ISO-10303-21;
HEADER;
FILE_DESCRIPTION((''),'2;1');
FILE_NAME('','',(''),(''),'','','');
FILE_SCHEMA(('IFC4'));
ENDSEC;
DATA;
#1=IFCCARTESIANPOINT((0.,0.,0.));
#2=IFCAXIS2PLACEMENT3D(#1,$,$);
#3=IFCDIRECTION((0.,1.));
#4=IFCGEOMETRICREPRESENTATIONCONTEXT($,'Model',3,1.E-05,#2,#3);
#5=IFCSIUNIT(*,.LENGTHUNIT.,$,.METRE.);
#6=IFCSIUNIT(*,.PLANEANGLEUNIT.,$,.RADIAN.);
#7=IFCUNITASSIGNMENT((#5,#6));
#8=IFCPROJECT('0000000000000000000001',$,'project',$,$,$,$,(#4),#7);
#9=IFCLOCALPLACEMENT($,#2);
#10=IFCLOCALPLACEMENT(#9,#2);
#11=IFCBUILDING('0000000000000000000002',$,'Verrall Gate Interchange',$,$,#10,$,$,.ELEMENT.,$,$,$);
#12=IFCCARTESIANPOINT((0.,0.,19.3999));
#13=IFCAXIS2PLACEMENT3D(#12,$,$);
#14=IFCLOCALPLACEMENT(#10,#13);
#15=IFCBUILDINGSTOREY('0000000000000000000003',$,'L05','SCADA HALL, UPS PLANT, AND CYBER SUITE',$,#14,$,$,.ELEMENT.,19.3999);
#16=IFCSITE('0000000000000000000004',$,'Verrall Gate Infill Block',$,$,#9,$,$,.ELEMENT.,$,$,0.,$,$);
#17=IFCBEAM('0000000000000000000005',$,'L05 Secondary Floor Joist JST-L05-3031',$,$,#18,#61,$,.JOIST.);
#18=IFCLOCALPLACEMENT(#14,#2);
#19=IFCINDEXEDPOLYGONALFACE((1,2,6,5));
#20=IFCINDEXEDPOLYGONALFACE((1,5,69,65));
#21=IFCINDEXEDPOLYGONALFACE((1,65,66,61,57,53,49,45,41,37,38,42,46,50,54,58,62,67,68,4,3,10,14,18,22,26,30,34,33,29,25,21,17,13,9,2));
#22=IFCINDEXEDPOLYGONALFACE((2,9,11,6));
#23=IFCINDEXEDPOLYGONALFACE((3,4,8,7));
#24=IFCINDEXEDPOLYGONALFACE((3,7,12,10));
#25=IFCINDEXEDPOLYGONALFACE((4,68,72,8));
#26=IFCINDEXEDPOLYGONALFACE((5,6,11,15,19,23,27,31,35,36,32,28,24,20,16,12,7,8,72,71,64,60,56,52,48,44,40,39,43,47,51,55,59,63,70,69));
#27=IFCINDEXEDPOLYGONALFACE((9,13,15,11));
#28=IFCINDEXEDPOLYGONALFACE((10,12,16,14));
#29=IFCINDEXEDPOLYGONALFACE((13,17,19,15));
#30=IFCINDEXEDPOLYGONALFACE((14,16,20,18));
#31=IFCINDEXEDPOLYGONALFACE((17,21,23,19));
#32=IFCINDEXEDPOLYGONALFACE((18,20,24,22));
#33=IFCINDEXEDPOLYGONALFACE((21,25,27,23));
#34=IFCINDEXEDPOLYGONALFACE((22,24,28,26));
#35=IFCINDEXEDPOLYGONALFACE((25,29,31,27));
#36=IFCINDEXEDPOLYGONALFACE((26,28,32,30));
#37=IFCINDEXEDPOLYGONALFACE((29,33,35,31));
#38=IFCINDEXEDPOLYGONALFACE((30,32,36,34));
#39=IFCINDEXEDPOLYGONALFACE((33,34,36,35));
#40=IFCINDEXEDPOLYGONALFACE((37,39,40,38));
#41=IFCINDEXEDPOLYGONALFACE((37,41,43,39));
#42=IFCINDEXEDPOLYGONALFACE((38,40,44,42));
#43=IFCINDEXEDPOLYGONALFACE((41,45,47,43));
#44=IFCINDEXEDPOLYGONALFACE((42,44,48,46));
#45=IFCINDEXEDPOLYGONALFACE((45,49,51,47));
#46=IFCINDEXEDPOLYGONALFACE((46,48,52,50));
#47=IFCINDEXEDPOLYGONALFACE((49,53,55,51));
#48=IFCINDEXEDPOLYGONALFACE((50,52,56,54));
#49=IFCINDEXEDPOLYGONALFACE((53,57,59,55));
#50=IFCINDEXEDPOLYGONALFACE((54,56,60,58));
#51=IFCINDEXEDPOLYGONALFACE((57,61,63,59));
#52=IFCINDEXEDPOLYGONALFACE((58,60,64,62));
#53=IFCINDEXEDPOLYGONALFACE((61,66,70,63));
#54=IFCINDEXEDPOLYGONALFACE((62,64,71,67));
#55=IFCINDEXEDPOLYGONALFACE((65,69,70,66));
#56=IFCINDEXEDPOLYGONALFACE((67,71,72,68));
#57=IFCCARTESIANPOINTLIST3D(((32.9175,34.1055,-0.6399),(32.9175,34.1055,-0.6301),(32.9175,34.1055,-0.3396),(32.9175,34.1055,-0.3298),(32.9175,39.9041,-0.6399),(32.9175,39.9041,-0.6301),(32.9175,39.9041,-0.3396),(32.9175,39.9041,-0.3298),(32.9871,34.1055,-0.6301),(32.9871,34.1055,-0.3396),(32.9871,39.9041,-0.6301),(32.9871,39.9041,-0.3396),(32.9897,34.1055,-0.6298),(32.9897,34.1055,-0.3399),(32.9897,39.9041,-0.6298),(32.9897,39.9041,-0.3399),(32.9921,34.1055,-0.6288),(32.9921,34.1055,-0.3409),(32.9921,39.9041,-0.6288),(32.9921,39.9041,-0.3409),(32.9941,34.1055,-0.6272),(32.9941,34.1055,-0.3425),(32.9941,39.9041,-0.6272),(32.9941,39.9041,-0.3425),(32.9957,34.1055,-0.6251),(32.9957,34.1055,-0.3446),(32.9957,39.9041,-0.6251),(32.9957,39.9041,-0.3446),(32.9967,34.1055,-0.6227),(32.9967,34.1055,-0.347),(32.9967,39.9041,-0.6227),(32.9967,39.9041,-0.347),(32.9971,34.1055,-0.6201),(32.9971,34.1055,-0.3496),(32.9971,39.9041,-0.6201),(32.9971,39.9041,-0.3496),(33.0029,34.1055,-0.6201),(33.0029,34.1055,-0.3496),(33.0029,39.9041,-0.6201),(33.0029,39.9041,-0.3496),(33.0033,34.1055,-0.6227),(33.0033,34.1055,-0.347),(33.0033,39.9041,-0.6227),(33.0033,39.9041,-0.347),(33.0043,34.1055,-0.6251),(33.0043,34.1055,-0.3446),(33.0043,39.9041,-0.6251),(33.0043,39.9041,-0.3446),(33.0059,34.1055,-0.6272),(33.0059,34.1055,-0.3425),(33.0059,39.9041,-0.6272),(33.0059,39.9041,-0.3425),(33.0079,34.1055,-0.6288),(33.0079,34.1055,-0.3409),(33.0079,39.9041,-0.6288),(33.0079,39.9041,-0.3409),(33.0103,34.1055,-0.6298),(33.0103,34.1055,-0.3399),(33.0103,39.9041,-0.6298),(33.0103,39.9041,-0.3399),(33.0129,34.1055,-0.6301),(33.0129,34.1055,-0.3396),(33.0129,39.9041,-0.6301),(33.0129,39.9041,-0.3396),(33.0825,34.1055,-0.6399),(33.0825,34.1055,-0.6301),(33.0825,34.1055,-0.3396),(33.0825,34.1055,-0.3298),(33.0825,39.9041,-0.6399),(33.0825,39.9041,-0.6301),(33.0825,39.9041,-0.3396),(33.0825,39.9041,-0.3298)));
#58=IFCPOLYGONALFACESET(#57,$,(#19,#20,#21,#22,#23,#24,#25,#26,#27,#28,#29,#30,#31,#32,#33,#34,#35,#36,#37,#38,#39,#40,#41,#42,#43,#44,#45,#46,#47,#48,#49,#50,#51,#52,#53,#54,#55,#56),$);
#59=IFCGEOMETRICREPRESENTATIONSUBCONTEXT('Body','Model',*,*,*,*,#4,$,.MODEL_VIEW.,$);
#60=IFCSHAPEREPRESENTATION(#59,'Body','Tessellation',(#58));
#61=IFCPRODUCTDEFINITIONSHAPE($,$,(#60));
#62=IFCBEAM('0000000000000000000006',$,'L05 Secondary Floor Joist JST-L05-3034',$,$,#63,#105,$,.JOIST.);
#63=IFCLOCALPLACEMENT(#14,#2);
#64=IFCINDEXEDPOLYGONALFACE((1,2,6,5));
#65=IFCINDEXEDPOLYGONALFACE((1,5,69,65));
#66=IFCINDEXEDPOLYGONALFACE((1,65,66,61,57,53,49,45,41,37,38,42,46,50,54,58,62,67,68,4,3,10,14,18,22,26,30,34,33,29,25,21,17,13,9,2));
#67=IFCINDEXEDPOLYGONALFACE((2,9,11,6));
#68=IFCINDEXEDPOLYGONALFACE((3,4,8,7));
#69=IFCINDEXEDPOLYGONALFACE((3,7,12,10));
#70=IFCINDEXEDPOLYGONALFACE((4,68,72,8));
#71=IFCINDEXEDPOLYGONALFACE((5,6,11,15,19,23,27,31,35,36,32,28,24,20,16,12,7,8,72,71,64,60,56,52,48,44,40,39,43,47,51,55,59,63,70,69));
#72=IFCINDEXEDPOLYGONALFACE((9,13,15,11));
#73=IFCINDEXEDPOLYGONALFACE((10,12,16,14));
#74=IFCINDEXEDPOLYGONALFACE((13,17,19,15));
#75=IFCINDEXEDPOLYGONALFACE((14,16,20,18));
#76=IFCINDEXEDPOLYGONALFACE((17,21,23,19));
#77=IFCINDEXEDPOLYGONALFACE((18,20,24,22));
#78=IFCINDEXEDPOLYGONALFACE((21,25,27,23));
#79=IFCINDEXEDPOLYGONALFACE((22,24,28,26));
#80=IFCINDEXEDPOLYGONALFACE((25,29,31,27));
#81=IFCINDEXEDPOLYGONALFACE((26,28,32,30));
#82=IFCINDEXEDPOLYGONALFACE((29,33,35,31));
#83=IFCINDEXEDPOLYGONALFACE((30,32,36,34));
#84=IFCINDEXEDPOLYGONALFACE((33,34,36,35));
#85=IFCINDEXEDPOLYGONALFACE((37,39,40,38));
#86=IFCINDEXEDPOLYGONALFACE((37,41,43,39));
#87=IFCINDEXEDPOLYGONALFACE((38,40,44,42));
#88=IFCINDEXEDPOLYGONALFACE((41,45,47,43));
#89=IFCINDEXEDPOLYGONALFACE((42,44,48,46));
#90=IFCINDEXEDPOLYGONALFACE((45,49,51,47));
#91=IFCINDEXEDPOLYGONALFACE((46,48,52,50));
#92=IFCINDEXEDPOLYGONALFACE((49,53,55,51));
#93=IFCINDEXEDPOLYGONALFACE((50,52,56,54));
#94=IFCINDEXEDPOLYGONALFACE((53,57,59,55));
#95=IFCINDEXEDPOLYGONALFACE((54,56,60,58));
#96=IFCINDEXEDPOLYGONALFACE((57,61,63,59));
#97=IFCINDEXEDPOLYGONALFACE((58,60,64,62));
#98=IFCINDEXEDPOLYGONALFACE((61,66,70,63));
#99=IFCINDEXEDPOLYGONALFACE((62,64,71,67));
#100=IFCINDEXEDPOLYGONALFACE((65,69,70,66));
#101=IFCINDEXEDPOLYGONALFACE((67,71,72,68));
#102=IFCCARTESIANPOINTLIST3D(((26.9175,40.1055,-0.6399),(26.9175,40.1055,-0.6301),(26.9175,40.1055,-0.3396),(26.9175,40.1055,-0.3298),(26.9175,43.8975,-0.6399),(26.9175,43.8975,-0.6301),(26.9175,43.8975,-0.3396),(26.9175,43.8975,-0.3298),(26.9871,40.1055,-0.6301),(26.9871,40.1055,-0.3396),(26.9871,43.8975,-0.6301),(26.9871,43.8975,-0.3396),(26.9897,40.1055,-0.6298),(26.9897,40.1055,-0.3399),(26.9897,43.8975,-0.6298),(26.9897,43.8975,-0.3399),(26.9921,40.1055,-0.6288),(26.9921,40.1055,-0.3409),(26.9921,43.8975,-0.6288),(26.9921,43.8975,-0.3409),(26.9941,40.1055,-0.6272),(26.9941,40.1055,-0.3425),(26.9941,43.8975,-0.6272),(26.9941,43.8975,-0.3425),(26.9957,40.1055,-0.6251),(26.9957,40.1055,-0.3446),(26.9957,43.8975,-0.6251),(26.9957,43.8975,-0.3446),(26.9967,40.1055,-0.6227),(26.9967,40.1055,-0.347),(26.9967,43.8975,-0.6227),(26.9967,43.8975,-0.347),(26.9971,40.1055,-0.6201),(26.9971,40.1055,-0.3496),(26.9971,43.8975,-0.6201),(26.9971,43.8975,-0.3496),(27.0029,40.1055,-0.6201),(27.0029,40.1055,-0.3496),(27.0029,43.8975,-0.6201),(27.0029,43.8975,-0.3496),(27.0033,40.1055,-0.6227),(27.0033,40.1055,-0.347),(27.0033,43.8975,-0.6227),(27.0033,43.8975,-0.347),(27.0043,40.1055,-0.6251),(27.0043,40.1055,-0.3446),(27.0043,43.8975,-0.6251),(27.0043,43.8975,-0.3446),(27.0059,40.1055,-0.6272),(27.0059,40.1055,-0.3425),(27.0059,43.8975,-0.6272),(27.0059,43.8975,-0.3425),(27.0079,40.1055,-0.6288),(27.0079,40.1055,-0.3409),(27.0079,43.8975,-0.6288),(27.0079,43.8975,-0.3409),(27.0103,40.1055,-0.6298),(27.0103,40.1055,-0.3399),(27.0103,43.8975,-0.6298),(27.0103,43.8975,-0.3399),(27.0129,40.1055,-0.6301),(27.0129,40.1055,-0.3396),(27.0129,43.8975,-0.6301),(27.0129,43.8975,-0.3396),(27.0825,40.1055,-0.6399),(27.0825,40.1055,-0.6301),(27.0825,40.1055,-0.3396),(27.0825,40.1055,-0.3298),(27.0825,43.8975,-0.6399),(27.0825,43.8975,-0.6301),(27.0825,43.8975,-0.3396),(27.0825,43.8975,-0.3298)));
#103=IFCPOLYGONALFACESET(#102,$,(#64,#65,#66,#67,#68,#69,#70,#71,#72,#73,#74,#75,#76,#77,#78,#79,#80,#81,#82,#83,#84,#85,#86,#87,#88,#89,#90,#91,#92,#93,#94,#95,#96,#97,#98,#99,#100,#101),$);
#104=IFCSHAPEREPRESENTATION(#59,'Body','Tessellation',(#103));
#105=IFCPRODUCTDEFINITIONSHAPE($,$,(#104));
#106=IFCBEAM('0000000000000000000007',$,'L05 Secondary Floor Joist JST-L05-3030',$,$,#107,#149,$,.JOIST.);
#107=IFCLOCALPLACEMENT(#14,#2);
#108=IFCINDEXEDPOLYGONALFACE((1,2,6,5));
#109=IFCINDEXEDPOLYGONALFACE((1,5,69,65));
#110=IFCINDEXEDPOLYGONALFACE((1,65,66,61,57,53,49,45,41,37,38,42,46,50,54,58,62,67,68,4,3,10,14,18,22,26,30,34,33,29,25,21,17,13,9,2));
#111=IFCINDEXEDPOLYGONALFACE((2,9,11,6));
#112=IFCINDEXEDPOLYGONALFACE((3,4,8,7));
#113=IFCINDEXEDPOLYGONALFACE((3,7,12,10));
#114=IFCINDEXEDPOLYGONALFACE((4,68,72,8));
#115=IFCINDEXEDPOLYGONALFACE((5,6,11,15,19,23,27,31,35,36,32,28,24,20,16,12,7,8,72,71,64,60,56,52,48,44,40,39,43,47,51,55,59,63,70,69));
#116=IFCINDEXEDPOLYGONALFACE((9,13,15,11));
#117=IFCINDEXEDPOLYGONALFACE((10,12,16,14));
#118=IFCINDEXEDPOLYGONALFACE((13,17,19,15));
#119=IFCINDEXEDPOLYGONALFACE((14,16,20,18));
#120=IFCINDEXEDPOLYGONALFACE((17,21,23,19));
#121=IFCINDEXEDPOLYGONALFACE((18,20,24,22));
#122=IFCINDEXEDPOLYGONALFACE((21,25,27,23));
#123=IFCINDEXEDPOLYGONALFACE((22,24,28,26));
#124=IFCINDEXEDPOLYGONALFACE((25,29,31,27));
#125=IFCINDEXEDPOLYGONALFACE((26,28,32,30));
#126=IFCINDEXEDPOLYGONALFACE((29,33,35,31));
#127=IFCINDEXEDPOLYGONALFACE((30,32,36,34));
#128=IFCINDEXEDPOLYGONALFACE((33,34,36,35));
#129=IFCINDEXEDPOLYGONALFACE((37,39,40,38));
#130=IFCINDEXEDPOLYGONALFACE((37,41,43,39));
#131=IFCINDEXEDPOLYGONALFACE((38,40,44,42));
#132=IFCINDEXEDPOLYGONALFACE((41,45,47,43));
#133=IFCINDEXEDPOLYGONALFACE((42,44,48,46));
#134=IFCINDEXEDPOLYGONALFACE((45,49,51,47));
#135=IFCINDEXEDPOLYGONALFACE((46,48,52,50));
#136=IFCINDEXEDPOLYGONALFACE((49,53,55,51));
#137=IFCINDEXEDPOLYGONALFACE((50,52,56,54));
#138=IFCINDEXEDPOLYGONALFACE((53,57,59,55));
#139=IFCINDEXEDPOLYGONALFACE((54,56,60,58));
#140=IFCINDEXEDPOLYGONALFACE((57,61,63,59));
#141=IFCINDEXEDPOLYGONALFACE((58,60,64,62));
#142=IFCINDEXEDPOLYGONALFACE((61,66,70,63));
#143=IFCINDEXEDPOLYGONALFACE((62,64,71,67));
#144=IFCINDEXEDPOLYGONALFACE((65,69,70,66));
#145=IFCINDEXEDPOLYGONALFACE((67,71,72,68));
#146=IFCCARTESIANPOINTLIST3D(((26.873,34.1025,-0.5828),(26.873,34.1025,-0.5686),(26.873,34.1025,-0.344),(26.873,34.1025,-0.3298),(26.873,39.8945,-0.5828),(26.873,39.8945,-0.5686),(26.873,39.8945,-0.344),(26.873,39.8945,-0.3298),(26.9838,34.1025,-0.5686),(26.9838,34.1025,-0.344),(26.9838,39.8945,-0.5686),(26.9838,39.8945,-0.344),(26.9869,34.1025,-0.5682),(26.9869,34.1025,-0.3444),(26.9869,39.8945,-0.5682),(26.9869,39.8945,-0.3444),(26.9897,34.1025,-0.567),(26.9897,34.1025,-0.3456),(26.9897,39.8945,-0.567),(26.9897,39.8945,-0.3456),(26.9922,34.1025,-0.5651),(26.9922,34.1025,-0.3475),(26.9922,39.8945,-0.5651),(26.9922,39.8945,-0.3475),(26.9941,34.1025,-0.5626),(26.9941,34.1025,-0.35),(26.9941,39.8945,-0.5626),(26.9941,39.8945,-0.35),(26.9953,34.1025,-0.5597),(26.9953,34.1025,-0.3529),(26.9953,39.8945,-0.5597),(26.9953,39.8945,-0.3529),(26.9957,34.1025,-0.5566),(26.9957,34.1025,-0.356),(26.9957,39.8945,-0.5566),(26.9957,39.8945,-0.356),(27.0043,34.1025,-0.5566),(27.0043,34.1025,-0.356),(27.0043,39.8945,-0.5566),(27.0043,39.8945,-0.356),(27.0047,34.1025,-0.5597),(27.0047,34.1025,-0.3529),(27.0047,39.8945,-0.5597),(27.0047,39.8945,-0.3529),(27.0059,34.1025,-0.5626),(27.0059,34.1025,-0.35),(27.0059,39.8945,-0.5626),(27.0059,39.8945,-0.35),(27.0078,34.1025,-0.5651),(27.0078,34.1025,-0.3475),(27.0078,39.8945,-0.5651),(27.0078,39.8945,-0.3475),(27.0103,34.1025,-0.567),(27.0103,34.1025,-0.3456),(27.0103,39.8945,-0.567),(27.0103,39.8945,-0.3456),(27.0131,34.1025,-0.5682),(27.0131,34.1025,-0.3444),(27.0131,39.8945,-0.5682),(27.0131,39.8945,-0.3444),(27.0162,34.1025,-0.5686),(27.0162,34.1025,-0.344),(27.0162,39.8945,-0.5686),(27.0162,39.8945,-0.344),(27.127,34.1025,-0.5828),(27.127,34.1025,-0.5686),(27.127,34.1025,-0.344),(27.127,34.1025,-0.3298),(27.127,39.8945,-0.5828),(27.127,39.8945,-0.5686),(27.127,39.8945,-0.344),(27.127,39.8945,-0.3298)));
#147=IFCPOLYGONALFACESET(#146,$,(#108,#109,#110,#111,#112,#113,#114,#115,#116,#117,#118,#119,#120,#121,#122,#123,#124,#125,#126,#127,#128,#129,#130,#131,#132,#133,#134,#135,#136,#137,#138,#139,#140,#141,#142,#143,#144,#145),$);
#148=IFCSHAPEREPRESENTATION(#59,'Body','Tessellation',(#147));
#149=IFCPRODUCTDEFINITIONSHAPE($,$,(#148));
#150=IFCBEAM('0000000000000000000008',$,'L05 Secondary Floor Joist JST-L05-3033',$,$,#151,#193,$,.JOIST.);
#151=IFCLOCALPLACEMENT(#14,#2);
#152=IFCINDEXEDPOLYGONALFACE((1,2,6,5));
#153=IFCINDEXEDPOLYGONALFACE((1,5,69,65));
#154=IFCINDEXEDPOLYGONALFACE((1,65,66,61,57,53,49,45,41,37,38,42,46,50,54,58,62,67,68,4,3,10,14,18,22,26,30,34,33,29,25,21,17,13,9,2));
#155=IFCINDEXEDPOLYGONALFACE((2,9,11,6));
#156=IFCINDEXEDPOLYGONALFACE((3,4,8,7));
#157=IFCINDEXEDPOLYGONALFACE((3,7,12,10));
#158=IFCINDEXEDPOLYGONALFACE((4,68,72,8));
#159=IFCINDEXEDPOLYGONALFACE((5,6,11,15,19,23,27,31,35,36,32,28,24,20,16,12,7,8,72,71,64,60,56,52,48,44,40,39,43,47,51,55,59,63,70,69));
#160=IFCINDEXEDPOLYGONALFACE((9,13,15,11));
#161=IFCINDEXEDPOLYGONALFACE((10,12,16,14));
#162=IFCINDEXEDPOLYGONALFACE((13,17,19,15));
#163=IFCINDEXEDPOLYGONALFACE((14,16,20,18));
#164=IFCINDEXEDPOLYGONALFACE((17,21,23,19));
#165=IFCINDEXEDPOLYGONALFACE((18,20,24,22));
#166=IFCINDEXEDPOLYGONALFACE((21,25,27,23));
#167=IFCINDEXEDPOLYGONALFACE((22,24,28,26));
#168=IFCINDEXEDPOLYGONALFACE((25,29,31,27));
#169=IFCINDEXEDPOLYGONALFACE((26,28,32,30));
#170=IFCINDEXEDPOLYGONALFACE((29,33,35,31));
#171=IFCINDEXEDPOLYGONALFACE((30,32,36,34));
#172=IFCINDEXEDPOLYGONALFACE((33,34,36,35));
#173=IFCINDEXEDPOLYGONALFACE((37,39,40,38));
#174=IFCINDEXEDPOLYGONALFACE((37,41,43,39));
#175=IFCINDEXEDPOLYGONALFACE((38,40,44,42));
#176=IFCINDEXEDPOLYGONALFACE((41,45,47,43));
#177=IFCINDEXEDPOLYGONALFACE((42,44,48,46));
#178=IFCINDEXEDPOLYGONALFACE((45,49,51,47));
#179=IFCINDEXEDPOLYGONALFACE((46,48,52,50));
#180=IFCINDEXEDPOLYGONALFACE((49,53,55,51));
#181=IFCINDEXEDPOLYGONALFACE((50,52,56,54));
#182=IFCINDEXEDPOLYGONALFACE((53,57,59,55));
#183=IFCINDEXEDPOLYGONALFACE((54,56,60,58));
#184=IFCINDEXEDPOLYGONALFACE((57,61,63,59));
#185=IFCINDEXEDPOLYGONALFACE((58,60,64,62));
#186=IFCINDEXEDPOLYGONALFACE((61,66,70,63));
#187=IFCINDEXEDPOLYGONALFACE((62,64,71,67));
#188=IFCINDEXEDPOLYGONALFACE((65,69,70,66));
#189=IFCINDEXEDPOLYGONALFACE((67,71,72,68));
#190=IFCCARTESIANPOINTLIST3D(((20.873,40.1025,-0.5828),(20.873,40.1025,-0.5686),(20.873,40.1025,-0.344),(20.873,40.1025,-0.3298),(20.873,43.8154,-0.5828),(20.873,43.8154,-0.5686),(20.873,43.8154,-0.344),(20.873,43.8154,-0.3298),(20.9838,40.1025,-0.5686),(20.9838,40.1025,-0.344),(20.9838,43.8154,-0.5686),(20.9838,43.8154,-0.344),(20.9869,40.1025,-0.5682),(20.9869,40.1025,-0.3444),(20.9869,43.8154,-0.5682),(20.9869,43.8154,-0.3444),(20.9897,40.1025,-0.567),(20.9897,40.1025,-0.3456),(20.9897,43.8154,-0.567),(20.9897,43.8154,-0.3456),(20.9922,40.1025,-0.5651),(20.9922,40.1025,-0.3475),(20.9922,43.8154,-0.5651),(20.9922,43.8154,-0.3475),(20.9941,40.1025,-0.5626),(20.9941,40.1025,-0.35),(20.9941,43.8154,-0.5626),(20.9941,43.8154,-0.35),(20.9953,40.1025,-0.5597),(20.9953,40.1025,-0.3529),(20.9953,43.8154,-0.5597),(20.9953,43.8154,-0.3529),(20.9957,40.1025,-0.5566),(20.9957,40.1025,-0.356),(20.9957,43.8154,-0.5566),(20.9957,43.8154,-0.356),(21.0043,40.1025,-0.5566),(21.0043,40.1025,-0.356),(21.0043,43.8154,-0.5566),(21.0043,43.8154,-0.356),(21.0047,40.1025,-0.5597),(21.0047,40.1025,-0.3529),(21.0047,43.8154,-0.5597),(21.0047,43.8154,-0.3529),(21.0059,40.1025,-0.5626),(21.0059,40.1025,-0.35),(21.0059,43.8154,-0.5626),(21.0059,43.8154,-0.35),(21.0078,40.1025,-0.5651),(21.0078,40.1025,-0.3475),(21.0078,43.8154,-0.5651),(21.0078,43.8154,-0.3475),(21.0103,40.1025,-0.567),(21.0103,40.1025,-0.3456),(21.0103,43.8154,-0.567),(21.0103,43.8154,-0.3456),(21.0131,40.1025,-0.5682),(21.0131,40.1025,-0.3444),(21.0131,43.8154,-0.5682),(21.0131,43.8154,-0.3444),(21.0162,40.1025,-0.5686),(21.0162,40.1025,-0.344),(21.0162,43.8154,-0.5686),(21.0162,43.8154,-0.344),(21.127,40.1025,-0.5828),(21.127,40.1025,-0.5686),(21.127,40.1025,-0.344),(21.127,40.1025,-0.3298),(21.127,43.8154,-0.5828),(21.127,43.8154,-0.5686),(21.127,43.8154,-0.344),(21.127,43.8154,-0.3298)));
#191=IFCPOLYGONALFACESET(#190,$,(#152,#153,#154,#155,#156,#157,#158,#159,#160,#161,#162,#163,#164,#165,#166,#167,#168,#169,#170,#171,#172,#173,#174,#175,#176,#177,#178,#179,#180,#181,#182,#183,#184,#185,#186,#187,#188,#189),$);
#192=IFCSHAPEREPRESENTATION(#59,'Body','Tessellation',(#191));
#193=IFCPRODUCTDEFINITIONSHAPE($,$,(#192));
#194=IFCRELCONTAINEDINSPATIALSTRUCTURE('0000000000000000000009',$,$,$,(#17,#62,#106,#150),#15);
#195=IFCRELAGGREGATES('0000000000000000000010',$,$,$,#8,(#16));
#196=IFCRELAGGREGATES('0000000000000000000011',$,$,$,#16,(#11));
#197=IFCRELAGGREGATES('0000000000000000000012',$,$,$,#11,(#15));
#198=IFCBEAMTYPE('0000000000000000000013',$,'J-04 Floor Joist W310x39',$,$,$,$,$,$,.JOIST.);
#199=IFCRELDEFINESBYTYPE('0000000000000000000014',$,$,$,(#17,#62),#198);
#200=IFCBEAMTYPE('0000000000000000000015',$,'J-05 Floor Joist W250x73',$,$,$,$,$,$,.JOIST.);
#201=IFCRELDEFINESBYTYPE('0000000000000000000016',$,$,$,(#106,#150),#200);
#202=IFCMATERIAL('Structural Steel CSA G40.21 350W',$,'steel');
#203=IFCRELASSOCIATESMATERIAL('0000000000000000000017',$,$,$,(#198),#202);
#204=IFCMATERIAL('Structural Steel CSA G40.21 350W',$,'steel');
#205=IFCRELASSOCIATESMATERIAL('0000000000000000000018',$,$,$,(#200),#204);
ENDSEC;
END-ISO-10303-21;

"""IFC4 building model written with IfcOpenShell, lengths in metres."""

from ifc_helpers import new_model, si_unit, direction, frame, origin, origin_2d, place, context, subcontext, project, spatial, i_section, extrude, material, material_profile, profile_set, type_object, element, save


model = new_model("IFC4")

# Units and contexts
model_context = context("Model", 3, precision=1e-05, world=origin(), true_north=direction((0.0, 1.0)))
body_context = subcontext(model_context, "Body", "Model", "MODEL_VIEW")
ifc_project = project(units=[si_unit("LENGTHUNIT", "METRE"), si_unit("PLANEANGLEUNIT", "RADIAN")], contexts=[model_context])

# Site, building, storey
site_placement = place(None, origin())
site = spatial("IfcSite", under=ifc_project, at=site_placement, Name="Verrall Gate Infill Block", CompositionType="ELEMENT", RefElevation=0.0)
building_placement = place(site_placement, origin())
building = spatial("IfcBuilding", under=site, at=building_placement, Name="Verrall Gate Interchange", CompositionType="ELEMENT")
storey_placement = place(building_placement, frame((0.0, 0.0, 19.3999)))
storey = spatial("IfcBuildingStorey", under=building, at=storey_placement, Name="L05", Description="SCADA HALL, UPS PLANT, AND CYBER SUITE", CompositionType="ELEMENT", Elevation=19.3999)

# Beams
ifc_material_1 = material(Name="Structural Steel CSA G40.21 350W", Category="steel")
ifc_material_profile_1 = material_profile(ifc_material_1, i_section(OverallWidth=0.165, OverallDepth=0.3101, WebThickness=0.0059, FlangeThickness=0.0098, FilletRadius=0.01, at=origin_2d()), Name="W310x39")
ifc_profile_set_1 = profile_set([ifc_material_profile_1], Name="Structural Steel CSA G40.21 350W")
beam_type_1 = type_object("IfcBeamType", Name="J-04 Floor Joist W310x39", PredefinedType="JOIST", material=ifc_profile_set_1)
beam_1_placement = place(storey_placement, frame((33.0, 34.1055, -0.4849), z_axis=(0.0, 1.0, 0.0), x_axis=(-1.0, 0.0, 0.0)))
element("IfcBeam", 1, at=beam_1_placement, inside=storey, type_object=beam_type_1, Name="L05 Secondary Floor Joist JST-L05-3031", PredefinedType="JOIST", context=body_context, shape_type="SweptSolid", body=[
    extrude(i_section(OverallWidth=0.165, OverallDepth=0.3101, WebThickness=0.0059, FlangeThickness=0.0098, FilletRadius=0.01, at=origin_2d()), origin(), (0.0, 0.0, 1.0), 5.7986),
])
beam_2_placement = place(storey_placement, frame((27.0, 40.1055, -0.4849), z_axis=(0.0, 1.0, 0.0), x_axis=(-1.0, 0.0, 0.0)))
element("IfcBeam", 2, at=beam_2_placement, inside=storey, type_object=beam_type_1, Name="L05 Secondary Floor Joist JST-L05-3034", PredefinedType="JOIST", context=body_context, shape_type="SweptSolid", body=[
    extrude(i_section(OverallWidth=0.165, OverallDepth=0.3101, WebThickness=0.0059, FlangeThickness=0.0098, FilletRadius=0.01, at=origin_2d()), origin(), (0.0, 0.0, 1.0), 3.792),
])
ifc_material_2 = material(Name="Structural Steel CSA G40.21 350W", Category="steel")
ifc_material_profile_2 = material_profile(ifc_material_2, i_section(OverallWidth=0.2539, OverallDepth=0.2529, WebThickness=0.0085, FlangeThickness=0.0142, FilletRadius=0.012, at=origin_2d()), Name="W250x73")
ifc_profile_set_2 = profile_set([ifc_material_profile_2], Name="Structural Steel CSA G40.21 350W")
beam_type_2 = type_object("IfcBeamType", Name="J-05 Floor Joist W250x73", PredefinedType="JOIST", material=ifc_profile_set_2)
beam_3_placement = place(storey_placement, frame((27.0, 34.1025, -0.4563), z_axis=(0.0, 1.0, 0.0), x_axis=(-1.0, 0.0, 0.0)))
element("IfcBeam", 3, at=beam_3_placement, inside=storey, type_object=beam_type_2, Name="L05 Secondary Floor Joist JST-L05-3030", PredefinedType="JOIST", context=body_context, shape_type="SweptSolid", body=[
    extrude(i_section(OverallWidth=0.2539, OverallDepth=0.2529, WebThickness=0.0085, FlangeThickness=0.0142, FilletRadius=0.012, at=origin_2d()), origin(), (0.0, 0.0, 1.0), 5.792),
])
beam_4_placement = place(storey_placement, frame((21.0, 40.1025, -0.4563), z_axis=(0.0, 1.0, 0.0), x_axis=(-1.0, 0.0, 0.0)))
element("IfcBeam", 4, at=beam_4_placement, inside=storey, type_object=beam_type_2, Name="L05 Secondary Floor Joist JST-L05-3033", PredefinedType="JOIST", context=body_context, shape_type="SweptSolid", body=[
    extrude(i_section(OverallWidth=0.2539, OverallDepth=0.2529, WebThickness=0.0085, FlangeThickness=0.0142, FilletRadius=0.012, at=origin_2d()), origin(), (0.0, 0.0, 1.0), 3.7129),
])

save(model, "model.ifc")
